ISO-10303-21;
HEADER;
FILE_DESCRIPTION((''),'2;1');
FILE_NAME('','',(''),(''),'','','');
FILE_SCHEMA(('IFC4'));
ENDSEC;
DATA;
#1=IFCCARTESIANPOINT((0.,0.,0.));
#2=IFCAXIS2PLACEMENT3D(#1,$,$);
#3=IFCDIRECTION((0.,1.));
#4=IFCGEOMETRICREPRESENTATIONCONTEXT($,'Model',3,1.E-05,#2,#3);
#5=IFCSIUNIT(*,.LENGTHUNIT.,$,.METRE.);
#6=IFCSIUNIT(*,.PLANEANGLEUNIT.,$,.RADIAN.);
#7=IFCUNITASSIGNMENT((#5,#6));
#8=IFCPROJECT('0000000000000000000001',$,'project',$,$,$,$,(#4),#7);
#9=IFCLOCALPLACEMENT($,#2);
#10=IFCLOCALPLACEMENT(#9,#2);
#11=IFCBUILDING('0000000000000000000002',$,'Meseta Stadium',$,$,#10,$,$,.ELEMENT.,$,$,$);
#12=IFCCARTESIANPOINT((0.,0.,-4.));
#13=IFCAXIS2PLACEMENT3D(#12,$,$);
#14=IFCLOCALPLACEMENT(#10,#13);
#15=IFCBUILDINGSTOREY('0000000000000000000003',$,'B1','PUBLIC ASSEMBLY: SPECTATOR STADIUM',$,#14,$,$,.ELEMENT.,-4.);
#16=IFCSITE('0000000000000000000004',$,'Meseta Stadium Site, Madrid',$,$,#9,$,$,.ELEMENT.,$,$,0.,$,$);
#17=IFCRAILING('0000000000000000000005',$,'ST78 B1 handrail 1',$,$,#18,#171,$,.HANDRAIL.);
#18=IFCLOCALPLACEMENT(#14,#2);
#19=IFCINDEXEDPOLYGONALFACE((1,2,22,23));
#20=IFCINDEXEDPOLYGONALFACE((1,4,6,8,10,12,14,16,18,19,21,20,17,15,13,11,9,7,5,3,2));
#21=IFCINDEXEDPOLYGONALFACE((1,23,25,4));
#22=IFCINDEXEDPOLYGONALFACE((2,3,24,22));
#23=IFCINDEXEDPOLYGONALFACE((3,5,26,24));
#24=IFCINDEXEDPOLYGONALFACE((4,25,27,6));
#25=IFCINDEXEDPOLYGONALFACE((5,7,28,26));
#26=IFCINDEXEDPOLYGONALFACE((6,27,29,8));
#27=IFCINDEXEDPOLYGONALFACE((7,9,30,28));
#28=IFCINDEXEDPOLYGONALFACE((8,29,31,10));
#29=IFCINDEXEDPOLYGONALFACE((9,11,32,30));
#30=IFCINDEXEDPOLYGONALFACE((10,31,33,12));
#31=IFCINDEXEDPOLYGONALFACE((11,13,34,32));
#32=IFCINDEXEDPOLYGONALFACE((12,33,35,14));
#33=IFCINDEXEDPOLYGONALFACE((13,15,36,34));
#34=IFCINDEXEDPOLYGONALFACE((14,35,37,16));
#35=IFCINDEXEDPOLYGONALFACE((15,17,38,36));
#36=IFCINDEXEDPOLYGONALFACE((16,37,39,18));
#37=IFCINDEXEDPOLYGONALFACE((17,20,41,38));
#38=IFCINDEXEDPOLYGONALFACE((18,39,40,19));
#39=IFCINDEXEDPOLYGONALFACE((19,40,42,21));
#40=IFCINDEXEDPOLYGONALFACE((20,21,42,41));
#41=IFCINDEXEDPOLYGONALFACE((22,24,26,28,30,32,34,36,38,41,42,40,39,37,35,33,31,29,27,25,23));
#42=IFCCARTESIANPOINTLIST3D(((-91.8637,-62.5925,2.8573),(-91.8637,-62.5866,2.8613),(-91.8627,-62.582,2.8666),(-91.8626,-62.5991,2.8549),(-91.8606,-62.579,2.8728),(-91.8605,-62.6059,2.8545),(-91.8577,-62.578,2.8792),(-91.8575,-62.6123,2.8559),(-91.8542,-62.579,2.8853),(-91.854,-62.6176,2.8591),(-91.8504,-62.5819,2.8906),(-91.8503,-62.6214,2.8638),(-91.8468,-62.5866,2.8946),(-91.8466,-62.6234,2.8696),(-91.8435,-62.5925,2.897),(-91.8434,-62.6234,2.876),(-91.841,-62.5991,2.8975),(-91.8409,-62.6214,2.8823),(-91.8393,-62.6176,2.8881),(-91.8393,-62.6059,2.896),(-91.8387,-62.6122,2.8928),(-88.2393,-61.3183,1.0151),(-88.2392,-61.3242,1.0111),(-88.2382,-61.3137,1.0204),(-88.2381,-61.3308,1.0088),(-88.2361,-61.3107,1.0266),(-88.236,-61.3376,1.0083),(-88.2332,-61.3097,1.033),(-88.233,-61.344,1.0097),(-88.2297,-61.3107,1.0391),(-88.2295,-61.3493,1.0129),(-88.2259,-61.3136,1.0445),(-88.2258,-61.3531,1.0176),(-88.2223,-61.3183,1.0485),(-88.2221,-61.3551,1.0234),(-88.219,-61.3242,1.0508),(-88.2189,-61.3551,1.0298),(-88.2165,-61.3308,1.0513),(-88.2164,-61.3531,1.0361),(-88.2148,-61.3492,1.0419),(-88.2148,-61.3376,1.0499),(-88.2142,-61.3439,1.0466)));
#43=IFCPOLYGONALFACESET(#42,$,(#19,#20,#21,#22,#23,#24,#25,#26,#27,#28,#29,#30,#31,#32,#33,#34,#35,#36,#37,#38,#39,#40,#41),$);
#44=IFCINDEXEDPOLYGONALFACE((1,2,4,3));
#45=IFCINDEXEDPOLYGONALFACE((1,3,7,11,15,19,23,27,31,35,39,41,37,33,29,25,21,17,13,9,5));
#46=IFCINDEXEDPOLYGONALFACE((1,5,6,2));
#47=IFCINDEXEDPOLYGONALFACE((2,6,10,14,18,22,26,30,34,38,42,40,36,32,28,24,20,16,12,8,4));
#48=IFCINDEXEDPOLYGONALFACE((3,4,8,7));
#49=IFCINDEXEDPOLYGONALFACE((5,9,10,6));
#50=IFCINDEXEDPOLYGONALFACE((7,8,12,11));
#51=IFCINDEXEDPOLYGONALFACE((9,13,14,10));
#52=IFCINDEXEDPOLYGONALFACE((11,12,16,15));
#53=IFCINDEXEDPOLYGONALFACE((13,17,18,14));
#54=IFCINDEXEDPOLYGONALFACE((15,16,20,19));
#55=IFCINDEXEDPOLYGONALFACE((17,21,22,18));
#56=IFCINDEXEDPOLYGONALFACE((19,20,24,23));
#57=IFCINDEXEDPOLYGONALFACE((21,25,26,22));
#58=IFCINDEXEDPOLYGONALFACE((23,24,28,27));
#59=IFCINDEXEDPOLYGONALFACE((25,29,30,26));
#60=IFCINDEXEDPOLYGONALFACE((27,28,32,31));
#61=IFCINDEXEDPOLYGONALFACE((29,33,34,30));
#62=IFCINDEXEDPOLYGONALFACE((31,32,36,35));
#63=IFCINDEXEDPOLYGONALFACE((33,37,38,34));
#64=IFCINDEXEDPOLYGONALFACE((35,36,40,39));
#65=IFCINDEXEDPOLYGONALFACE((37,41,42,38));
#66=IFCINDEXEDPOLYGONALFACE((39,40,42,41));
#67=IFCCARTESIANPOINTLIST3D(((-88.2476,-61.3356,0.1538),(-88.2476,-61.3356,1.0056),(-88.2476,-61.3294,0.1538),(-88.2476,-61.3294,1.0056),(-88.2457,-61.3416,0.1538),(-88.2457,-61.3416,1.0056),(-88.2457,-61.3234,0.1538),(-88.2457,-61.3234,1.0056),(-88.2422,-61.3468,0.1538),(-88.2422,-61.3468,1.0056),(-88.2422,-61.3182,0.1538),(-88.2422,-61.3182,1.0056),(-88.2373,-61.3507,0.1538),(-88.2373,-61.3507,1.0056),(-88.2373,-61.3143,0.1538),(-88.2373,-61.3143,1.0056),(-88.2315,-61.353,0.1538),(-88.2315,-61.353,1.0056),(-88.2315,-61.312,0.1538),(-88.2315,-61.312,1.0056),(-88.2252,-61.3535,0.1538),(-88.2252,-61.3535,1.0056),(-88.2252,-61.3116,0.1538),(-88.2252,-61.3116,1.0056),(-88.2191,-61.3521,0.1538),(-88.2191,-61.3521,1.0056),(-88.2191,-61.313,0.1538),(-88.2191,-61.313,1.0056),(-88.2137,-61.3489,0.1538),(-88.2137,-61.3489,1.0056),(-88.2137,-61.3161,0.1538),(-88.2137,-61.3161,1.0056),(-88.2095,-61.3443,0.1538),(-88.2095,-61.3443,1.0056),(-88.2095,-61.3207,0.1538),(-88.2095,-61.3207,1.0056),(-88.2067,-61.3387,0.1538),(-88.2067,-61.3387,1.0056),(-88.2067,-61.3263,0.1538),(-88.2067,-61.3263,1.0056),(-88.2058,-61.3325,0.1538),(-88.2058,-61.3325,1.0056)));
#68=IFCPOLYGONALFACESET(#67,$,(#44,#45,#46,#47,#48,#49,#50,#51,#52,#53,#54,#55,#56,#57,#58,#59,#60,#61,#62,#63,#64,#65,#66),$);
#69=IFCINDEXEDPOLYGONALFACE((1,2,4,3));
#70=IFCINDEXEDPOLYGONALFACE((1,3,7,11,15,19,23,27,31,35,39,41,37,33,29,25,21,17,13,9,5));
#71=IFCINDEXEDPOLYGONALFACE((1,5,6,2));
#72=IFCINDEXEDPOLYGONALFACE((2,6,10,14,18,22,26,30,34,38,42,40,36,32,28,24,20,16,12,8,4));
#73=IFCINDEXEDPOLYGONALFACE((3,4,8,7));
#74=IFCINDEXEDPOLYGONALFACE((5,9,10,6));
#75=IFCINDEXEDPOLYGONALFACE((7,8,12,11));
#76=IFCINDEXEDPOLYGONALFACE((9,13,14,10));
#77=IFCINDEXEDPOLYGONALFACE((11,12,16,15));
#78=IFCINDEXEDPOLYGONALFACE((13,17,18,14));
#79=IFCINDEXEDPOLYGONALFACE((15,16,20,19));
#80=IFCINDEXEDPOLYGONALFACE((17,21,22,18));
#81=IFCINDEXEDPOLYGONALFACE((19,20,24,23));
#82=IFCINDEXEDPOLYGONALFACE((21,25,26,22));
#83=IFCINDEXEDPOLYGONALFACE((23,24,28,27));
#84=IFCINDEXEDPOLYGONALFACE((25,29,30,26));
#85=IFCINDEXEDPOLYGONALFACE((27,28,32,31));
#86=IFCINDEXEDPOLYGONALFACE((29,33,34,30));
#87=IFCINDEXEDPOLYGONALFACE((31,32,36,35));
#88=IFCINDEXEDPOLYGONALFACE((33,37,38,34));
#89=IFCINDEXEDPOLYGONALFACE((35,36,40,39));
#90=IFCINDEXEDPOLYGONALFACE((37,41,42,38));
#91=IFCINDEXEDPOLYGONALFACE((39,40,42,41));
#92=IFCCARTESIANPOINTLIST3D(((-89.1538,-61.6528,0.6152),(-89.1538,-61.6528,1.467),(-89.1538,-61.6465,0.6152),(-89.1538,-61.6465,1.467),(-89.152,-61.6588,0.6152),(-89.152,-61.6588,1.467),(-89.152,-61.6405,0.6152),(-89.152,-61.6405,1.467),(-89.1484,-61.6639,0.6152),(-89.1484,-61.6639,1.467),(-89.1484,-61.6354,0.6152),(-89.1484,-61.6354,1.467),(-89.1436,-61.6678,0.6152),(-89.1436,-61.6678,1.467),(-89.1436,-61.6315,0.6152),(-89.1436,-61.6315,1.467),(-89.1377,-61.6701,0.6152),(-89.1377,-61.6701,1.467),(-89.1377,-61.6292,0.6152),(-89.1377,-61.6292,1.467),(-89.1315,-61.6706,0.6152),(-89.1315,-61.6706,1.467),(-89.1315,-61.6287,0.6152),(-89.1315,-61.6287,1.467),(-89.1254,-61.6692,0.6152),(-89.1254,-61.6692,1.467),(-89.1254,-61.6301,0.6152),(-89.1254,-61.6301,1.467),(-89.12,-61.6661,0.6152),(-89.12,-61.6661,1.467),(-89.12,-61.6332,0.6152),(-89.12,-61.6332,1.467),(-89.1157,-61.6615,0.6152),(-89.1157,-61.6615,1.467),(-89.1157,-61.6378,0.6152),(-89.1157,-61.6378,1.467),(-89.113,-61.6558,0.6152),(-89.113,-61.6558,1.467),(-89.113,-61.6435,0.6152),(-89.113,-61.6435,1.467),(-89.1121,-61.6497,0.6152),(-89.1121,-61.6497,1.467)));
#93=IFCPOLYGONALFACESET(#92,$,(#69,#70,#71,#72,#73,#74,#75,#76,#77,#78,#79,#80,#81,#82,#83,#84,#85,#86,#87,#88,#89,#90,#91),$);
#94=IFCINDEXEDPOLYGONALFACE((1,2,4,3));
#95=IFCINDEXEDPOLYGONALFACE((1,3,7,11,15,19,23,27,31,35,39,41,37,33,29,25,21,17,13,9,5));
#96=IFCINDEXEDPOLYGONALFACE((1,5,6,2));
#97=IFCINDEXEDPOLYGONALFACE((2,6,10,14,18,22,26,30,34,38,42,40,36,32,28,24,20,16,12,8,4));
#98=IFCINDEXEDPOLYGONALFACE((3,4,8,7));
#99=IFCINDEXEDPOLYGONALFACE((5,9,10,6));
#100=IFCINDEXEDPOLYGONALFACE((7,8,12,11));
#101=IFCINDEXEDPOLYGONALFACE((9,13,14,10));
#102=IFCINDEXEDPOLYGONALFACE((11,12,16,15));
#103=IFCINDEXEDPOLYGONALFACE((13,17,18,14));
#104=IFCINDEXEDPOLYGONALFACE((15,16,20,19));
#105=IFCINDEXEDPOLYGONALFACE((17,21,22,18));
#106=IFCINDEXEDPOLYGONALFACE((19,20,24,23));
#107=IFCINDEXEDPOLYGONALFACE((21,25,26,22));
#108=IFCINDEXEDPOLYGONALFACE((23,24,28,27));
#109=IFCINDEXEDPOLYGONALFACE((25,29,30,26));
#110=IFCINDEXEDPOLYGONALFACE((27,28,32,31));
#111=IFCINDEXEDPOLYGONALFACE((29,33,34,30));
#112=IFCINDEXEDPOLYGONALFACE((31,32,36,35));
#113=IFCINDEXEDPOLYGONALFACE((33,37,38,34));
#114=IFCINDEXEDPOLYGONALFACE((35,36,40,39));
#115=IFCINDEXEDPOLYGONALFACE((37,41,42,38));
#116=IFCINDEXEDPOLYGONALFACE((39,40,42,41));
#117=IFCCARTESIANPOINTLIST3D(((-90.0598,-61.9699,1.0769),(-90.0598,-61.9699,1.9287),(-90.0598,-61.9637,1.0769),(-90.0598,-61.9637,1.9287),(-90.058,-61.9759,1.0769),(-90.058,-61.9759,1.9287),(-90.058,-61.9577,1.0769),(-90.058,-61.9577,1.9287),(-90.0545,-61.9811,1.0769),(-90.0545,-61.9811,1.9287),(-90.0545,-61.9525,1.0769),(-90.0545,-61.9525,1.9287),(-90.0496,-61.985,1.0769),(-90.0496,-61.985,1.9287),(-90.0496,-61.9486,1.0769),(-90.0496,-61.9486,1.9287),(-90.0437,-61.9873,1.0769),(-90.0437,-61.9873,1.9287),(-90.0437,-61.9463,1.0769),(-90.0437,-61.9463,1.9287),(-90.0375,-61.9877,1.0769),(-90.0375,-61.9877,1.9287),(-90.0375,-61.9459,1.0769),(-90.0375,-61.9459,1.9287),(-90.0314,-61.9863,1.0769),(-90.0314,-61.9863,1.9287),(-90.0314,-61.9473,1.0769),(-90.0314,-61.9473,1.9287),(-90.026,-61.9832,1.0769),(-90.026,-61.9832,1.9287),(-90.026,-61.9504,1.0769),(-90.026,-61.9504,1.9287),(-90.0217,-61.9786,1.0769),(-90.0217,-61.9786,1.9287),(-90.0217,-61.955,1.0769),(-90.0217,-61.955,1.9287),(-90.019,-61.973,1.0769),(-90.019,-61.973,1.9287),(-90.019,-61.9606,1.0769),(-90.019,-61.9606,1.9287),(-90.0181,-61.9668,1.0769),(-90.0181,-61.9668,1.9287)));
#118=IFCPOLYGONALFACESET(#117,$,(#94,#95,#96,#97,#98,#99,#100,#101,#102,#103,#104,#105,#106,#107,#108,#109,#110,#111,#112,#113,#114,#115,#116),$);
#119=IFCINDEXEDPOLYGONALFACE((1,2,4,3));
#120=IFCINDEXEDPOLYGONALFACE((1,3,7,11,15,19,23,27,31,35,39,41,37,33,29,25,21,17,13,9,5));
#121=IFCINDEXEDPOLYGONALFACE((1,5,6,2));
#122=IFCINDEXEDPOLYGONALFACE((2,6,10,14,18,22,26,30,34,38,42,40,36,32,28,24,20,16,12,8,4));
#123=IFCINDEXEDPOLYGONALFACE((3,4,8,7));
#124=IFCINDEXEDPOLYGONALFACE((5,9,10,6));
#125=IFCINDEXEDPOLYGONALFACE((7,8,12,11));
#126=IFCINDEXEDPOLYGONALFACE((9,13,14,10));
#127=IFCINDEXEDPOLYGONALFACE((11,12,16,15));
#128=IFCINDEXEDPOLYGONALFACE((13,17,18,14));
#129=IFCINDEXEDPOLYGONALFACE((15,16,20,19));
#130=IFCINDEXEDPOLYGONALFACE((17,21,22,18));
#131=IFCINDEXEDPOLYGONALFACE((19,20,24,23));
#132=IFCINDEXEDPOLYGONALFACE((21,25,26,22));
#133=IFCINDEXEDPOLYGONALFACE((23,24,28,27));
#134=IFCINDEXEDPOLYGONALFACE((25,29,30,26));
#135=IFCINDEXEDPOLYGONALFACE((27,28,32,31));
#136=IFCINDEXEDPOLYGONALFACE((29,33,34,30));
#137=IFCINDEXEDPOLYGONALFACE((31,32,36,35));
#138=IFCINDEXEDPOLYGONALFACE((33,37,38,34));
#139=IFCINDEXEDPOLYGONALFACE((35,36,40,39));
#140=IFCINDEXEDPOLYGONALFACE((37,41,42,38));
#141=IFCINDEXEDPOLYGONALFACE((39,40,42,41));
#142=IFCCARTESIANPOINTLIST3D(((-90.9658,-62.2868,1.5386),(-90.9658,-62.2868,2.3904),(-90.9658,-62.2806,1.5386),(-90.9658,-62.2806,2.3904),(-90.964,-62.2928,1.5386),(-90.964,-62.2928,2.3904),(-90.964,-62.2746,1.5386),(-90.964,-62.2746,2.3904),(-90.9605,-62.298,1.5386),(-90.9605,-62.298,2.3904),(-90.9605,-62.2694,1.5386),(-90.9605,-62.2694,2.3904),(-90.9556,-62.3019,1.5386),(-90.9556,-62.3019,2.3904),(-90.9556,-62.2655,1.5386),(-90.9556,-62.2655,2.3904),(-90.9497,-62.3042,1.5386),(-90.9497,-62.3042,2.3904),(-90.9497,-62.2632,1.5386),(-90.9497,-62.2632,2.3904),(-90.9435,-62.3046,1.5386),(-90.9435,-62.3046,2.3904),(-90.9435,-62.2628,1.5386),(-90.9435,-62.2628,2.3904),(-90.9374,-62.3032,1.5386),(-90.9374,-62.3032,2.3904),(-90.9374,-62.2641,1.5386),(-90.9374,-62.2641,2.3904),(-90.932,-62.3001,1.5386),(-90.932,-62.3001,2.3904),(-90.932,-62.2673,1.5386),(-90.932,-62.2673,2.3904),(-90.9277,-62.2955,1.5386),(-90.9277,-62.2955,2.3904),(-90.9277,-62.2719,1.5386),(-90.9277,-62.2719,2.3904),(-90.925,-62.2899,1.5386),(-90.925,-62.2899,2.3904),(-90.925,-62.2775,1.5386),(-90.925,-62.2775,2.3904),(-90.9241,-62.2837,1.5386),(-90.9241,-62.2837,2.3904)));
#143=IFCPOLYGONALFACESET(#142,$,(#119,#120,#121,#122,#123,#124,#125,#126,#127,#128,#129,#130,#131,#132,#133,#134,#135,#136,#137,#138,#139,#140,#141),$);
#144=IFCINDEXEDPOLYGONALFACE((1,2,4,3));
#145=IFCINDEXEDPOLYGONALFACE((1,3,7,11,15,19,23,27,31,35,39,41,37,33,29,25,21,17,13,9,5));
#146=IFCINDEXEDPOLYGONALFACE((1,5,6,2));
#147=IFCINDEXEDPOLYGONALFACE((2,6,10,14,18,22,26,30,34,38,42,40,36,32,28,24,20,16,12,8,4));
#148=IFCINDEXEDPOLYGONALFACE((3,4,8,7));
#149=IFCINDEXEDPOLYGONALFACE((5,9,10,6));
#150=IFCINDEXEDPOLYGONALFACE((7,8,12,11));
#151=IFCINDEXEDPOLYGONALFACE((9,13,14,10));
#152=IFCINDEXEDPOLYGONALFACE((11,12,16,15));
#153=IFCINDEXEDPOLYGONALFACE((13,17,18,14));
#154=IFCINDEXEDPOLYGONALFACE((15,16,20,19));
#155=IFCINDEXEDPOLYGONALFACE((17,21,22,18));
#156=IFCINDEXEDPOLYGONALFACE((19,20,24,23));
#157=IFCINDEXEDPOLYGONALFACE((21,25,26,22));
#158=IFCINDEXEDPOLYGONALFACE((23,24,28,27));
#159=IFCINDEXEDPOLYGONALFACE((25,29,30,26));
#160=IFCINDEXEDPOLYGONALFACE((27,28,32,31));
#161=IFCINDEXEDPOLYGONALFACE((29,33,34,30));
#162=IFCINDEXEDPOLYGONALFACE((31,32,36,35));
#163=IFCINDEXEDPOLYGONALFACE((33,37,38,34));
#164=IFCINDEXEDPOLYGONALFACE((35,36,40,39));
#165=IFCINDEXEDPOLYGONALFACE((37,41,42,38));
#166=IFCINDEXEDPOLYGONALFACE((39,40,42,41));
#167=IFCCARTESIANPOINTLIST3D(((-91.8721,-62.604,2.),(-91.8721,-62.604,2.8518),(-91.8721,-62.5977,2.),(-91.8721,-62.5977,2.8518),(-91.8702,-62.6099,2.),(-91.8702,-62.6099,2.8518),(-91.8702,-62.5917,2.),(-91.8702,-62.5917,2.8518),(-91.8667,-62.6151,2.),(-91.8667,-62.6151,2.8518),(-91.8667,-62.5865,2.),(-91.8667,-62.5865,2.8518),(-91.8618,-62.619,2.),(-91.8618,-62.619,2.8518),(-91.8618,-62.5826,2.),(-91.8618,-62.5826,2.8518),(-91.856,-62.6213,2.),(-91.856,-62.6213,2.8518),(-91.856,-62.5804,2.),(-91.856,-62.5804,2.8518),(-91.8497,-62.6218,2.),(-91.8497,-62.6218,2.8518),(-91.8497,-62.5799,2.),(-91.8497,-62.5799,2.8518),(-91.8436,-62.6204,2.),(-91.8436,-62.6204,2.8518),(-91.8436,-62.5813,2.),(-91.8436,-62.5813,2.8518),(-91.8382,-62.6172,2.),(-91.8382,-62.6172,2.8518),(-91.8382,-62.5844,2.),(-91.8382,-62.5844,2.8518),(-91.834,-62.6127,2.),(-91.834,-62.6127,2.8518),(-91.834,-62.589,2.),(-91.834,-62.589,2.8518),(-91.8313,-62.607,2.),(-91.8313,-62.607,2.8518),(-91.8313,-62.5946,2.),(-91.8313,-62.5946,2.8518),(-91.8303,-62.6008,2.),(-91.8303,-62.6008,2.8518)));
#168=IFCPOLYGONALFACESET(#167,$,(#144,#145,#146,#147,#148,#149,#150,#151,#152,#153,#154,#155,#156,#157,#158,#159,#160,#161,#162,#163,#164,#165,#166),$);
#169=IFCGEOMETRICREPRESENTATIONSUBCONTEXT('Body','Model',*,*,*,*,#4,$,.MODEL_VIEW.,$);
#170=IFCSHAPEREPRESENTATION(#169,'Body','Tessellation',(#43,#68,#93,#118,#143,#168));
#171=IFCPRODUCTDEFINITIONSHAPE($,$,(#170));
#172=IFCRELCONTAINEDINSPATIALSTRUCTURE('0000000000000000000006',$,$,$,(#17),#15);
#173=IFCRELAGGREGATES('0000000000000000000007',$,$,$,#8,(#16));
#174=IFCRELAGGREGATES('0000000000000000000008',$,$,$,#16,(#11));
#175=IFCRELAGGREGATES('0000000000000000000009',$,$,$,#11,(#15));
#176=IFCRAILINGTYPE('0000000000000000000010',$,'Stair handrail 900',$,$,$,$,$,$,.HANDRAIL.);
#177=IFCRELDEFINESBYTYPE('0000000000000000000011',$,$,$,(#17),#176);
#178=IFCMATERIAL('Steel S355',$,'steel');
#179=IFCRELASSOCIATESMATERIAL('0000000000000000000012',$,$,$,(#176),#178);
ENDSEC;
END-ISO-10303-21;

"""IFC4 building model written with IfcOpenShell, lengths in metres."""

from ifc_helpers import new_model, si_unit, direction, frame, origin, origin_2d, place, context, subcontext, project, spatial, circle, extrude, material, type_object, element, save


model = new_model("IFC4")

# Units and contexts
model_context = context("Model", 3, precision=1e-05, world=origin(), true_north=direction((0.0, 1.0)))
body_context = subcontext(model_context, "Body", "Model", "MODEL_VIEW")
ifc_project = project(units=[si_unit("LENGTHUNIT", "METRE"), si_unit("PLANEANGLEUNIT", "RADIAN")], contexts=[model_context])

# Site, building, storey
site_placement = place(None, origin())
site = spatial("IfcSite", under=ifc_project, at=site_placement, Name="Meseta Stadium Site, Madrid", CompositionType="ELEMENT", RefElevation=0.0)
building_placement = place(site_placement, origin())
building = spatial("IfcBuilding", under=site, at=building_placement, Name="Meseta Stadium", CompositionType="ELEMENT")
storey_placement = place(building_placement, frame((0.0, 0.0, -4.0)))
storey = spatial("IfcBuildingStorey", under=building, at=storey_placement, Name="B1", Description="PUBLIC ASSEMBLY: SPECTATOR STADIUM", CompositionType="ELEMENT", Elevation=-4.0)

# Railing
ifc_material_1 = material(Name="Steel S355", Category="steel")
railing_type_1 = type_object("IfcRailingType", Name="Stair handrail 900", PredefinedType="HANDRAIL", material=ifc_material_1)
for number, where, name in (
    (1, (-88.2268, -61.3325, 0.1538), "ST78 B1 handrail 1"),
):
    element("IfcRailing", number, at=place(storey_placement, frame(where)), inside=storey, type_object=railing_type_1, Name=name, PredefinedType="HANDRAIL", context=body_context, shape_type="SweptSolid", body=[
        extrude(circle(Radius=0.0239, at=origin_2d()), frame((0.0, 0.0, 0.876), z_axis=(-0.850672, -0.297672, 0.4333), x_axis=(0.330288, -0.94388, 0.0)), (0.0, 0.0, 1.0), 4.2607),
        extrude(circle(Radius=0.021, at=origin_2d()), origin(), (0.0, 0.0, 1.0), 0.8518),
        extrude(circle(Radius=0.021, at=origin_2d()), frame((-0.9062, -0.3171, 0.4614)), (0.0, 0.0, 1.0), 0.8518),
        extrude(circle(Radius=0.021, at=origin_2d()), frame((-1.8123, -0.6343, 0.9231)), (0.0, 0.0, 1.0), 0.8518),
        extrude(circle(Radius=0.021, at=origin_2d()), frame((-2.7183, -0.9512, 1.3848)), (0.0, 0.0, 1.0), 0.8518),
        extrude(circle(Radius=0.021, at=origin_2d()), frame((-3.6245, -1.2683, 1.8462)), (0.0, 0.0, 1.0), 0.8518),
    ])

save(model, "model.ifc")
